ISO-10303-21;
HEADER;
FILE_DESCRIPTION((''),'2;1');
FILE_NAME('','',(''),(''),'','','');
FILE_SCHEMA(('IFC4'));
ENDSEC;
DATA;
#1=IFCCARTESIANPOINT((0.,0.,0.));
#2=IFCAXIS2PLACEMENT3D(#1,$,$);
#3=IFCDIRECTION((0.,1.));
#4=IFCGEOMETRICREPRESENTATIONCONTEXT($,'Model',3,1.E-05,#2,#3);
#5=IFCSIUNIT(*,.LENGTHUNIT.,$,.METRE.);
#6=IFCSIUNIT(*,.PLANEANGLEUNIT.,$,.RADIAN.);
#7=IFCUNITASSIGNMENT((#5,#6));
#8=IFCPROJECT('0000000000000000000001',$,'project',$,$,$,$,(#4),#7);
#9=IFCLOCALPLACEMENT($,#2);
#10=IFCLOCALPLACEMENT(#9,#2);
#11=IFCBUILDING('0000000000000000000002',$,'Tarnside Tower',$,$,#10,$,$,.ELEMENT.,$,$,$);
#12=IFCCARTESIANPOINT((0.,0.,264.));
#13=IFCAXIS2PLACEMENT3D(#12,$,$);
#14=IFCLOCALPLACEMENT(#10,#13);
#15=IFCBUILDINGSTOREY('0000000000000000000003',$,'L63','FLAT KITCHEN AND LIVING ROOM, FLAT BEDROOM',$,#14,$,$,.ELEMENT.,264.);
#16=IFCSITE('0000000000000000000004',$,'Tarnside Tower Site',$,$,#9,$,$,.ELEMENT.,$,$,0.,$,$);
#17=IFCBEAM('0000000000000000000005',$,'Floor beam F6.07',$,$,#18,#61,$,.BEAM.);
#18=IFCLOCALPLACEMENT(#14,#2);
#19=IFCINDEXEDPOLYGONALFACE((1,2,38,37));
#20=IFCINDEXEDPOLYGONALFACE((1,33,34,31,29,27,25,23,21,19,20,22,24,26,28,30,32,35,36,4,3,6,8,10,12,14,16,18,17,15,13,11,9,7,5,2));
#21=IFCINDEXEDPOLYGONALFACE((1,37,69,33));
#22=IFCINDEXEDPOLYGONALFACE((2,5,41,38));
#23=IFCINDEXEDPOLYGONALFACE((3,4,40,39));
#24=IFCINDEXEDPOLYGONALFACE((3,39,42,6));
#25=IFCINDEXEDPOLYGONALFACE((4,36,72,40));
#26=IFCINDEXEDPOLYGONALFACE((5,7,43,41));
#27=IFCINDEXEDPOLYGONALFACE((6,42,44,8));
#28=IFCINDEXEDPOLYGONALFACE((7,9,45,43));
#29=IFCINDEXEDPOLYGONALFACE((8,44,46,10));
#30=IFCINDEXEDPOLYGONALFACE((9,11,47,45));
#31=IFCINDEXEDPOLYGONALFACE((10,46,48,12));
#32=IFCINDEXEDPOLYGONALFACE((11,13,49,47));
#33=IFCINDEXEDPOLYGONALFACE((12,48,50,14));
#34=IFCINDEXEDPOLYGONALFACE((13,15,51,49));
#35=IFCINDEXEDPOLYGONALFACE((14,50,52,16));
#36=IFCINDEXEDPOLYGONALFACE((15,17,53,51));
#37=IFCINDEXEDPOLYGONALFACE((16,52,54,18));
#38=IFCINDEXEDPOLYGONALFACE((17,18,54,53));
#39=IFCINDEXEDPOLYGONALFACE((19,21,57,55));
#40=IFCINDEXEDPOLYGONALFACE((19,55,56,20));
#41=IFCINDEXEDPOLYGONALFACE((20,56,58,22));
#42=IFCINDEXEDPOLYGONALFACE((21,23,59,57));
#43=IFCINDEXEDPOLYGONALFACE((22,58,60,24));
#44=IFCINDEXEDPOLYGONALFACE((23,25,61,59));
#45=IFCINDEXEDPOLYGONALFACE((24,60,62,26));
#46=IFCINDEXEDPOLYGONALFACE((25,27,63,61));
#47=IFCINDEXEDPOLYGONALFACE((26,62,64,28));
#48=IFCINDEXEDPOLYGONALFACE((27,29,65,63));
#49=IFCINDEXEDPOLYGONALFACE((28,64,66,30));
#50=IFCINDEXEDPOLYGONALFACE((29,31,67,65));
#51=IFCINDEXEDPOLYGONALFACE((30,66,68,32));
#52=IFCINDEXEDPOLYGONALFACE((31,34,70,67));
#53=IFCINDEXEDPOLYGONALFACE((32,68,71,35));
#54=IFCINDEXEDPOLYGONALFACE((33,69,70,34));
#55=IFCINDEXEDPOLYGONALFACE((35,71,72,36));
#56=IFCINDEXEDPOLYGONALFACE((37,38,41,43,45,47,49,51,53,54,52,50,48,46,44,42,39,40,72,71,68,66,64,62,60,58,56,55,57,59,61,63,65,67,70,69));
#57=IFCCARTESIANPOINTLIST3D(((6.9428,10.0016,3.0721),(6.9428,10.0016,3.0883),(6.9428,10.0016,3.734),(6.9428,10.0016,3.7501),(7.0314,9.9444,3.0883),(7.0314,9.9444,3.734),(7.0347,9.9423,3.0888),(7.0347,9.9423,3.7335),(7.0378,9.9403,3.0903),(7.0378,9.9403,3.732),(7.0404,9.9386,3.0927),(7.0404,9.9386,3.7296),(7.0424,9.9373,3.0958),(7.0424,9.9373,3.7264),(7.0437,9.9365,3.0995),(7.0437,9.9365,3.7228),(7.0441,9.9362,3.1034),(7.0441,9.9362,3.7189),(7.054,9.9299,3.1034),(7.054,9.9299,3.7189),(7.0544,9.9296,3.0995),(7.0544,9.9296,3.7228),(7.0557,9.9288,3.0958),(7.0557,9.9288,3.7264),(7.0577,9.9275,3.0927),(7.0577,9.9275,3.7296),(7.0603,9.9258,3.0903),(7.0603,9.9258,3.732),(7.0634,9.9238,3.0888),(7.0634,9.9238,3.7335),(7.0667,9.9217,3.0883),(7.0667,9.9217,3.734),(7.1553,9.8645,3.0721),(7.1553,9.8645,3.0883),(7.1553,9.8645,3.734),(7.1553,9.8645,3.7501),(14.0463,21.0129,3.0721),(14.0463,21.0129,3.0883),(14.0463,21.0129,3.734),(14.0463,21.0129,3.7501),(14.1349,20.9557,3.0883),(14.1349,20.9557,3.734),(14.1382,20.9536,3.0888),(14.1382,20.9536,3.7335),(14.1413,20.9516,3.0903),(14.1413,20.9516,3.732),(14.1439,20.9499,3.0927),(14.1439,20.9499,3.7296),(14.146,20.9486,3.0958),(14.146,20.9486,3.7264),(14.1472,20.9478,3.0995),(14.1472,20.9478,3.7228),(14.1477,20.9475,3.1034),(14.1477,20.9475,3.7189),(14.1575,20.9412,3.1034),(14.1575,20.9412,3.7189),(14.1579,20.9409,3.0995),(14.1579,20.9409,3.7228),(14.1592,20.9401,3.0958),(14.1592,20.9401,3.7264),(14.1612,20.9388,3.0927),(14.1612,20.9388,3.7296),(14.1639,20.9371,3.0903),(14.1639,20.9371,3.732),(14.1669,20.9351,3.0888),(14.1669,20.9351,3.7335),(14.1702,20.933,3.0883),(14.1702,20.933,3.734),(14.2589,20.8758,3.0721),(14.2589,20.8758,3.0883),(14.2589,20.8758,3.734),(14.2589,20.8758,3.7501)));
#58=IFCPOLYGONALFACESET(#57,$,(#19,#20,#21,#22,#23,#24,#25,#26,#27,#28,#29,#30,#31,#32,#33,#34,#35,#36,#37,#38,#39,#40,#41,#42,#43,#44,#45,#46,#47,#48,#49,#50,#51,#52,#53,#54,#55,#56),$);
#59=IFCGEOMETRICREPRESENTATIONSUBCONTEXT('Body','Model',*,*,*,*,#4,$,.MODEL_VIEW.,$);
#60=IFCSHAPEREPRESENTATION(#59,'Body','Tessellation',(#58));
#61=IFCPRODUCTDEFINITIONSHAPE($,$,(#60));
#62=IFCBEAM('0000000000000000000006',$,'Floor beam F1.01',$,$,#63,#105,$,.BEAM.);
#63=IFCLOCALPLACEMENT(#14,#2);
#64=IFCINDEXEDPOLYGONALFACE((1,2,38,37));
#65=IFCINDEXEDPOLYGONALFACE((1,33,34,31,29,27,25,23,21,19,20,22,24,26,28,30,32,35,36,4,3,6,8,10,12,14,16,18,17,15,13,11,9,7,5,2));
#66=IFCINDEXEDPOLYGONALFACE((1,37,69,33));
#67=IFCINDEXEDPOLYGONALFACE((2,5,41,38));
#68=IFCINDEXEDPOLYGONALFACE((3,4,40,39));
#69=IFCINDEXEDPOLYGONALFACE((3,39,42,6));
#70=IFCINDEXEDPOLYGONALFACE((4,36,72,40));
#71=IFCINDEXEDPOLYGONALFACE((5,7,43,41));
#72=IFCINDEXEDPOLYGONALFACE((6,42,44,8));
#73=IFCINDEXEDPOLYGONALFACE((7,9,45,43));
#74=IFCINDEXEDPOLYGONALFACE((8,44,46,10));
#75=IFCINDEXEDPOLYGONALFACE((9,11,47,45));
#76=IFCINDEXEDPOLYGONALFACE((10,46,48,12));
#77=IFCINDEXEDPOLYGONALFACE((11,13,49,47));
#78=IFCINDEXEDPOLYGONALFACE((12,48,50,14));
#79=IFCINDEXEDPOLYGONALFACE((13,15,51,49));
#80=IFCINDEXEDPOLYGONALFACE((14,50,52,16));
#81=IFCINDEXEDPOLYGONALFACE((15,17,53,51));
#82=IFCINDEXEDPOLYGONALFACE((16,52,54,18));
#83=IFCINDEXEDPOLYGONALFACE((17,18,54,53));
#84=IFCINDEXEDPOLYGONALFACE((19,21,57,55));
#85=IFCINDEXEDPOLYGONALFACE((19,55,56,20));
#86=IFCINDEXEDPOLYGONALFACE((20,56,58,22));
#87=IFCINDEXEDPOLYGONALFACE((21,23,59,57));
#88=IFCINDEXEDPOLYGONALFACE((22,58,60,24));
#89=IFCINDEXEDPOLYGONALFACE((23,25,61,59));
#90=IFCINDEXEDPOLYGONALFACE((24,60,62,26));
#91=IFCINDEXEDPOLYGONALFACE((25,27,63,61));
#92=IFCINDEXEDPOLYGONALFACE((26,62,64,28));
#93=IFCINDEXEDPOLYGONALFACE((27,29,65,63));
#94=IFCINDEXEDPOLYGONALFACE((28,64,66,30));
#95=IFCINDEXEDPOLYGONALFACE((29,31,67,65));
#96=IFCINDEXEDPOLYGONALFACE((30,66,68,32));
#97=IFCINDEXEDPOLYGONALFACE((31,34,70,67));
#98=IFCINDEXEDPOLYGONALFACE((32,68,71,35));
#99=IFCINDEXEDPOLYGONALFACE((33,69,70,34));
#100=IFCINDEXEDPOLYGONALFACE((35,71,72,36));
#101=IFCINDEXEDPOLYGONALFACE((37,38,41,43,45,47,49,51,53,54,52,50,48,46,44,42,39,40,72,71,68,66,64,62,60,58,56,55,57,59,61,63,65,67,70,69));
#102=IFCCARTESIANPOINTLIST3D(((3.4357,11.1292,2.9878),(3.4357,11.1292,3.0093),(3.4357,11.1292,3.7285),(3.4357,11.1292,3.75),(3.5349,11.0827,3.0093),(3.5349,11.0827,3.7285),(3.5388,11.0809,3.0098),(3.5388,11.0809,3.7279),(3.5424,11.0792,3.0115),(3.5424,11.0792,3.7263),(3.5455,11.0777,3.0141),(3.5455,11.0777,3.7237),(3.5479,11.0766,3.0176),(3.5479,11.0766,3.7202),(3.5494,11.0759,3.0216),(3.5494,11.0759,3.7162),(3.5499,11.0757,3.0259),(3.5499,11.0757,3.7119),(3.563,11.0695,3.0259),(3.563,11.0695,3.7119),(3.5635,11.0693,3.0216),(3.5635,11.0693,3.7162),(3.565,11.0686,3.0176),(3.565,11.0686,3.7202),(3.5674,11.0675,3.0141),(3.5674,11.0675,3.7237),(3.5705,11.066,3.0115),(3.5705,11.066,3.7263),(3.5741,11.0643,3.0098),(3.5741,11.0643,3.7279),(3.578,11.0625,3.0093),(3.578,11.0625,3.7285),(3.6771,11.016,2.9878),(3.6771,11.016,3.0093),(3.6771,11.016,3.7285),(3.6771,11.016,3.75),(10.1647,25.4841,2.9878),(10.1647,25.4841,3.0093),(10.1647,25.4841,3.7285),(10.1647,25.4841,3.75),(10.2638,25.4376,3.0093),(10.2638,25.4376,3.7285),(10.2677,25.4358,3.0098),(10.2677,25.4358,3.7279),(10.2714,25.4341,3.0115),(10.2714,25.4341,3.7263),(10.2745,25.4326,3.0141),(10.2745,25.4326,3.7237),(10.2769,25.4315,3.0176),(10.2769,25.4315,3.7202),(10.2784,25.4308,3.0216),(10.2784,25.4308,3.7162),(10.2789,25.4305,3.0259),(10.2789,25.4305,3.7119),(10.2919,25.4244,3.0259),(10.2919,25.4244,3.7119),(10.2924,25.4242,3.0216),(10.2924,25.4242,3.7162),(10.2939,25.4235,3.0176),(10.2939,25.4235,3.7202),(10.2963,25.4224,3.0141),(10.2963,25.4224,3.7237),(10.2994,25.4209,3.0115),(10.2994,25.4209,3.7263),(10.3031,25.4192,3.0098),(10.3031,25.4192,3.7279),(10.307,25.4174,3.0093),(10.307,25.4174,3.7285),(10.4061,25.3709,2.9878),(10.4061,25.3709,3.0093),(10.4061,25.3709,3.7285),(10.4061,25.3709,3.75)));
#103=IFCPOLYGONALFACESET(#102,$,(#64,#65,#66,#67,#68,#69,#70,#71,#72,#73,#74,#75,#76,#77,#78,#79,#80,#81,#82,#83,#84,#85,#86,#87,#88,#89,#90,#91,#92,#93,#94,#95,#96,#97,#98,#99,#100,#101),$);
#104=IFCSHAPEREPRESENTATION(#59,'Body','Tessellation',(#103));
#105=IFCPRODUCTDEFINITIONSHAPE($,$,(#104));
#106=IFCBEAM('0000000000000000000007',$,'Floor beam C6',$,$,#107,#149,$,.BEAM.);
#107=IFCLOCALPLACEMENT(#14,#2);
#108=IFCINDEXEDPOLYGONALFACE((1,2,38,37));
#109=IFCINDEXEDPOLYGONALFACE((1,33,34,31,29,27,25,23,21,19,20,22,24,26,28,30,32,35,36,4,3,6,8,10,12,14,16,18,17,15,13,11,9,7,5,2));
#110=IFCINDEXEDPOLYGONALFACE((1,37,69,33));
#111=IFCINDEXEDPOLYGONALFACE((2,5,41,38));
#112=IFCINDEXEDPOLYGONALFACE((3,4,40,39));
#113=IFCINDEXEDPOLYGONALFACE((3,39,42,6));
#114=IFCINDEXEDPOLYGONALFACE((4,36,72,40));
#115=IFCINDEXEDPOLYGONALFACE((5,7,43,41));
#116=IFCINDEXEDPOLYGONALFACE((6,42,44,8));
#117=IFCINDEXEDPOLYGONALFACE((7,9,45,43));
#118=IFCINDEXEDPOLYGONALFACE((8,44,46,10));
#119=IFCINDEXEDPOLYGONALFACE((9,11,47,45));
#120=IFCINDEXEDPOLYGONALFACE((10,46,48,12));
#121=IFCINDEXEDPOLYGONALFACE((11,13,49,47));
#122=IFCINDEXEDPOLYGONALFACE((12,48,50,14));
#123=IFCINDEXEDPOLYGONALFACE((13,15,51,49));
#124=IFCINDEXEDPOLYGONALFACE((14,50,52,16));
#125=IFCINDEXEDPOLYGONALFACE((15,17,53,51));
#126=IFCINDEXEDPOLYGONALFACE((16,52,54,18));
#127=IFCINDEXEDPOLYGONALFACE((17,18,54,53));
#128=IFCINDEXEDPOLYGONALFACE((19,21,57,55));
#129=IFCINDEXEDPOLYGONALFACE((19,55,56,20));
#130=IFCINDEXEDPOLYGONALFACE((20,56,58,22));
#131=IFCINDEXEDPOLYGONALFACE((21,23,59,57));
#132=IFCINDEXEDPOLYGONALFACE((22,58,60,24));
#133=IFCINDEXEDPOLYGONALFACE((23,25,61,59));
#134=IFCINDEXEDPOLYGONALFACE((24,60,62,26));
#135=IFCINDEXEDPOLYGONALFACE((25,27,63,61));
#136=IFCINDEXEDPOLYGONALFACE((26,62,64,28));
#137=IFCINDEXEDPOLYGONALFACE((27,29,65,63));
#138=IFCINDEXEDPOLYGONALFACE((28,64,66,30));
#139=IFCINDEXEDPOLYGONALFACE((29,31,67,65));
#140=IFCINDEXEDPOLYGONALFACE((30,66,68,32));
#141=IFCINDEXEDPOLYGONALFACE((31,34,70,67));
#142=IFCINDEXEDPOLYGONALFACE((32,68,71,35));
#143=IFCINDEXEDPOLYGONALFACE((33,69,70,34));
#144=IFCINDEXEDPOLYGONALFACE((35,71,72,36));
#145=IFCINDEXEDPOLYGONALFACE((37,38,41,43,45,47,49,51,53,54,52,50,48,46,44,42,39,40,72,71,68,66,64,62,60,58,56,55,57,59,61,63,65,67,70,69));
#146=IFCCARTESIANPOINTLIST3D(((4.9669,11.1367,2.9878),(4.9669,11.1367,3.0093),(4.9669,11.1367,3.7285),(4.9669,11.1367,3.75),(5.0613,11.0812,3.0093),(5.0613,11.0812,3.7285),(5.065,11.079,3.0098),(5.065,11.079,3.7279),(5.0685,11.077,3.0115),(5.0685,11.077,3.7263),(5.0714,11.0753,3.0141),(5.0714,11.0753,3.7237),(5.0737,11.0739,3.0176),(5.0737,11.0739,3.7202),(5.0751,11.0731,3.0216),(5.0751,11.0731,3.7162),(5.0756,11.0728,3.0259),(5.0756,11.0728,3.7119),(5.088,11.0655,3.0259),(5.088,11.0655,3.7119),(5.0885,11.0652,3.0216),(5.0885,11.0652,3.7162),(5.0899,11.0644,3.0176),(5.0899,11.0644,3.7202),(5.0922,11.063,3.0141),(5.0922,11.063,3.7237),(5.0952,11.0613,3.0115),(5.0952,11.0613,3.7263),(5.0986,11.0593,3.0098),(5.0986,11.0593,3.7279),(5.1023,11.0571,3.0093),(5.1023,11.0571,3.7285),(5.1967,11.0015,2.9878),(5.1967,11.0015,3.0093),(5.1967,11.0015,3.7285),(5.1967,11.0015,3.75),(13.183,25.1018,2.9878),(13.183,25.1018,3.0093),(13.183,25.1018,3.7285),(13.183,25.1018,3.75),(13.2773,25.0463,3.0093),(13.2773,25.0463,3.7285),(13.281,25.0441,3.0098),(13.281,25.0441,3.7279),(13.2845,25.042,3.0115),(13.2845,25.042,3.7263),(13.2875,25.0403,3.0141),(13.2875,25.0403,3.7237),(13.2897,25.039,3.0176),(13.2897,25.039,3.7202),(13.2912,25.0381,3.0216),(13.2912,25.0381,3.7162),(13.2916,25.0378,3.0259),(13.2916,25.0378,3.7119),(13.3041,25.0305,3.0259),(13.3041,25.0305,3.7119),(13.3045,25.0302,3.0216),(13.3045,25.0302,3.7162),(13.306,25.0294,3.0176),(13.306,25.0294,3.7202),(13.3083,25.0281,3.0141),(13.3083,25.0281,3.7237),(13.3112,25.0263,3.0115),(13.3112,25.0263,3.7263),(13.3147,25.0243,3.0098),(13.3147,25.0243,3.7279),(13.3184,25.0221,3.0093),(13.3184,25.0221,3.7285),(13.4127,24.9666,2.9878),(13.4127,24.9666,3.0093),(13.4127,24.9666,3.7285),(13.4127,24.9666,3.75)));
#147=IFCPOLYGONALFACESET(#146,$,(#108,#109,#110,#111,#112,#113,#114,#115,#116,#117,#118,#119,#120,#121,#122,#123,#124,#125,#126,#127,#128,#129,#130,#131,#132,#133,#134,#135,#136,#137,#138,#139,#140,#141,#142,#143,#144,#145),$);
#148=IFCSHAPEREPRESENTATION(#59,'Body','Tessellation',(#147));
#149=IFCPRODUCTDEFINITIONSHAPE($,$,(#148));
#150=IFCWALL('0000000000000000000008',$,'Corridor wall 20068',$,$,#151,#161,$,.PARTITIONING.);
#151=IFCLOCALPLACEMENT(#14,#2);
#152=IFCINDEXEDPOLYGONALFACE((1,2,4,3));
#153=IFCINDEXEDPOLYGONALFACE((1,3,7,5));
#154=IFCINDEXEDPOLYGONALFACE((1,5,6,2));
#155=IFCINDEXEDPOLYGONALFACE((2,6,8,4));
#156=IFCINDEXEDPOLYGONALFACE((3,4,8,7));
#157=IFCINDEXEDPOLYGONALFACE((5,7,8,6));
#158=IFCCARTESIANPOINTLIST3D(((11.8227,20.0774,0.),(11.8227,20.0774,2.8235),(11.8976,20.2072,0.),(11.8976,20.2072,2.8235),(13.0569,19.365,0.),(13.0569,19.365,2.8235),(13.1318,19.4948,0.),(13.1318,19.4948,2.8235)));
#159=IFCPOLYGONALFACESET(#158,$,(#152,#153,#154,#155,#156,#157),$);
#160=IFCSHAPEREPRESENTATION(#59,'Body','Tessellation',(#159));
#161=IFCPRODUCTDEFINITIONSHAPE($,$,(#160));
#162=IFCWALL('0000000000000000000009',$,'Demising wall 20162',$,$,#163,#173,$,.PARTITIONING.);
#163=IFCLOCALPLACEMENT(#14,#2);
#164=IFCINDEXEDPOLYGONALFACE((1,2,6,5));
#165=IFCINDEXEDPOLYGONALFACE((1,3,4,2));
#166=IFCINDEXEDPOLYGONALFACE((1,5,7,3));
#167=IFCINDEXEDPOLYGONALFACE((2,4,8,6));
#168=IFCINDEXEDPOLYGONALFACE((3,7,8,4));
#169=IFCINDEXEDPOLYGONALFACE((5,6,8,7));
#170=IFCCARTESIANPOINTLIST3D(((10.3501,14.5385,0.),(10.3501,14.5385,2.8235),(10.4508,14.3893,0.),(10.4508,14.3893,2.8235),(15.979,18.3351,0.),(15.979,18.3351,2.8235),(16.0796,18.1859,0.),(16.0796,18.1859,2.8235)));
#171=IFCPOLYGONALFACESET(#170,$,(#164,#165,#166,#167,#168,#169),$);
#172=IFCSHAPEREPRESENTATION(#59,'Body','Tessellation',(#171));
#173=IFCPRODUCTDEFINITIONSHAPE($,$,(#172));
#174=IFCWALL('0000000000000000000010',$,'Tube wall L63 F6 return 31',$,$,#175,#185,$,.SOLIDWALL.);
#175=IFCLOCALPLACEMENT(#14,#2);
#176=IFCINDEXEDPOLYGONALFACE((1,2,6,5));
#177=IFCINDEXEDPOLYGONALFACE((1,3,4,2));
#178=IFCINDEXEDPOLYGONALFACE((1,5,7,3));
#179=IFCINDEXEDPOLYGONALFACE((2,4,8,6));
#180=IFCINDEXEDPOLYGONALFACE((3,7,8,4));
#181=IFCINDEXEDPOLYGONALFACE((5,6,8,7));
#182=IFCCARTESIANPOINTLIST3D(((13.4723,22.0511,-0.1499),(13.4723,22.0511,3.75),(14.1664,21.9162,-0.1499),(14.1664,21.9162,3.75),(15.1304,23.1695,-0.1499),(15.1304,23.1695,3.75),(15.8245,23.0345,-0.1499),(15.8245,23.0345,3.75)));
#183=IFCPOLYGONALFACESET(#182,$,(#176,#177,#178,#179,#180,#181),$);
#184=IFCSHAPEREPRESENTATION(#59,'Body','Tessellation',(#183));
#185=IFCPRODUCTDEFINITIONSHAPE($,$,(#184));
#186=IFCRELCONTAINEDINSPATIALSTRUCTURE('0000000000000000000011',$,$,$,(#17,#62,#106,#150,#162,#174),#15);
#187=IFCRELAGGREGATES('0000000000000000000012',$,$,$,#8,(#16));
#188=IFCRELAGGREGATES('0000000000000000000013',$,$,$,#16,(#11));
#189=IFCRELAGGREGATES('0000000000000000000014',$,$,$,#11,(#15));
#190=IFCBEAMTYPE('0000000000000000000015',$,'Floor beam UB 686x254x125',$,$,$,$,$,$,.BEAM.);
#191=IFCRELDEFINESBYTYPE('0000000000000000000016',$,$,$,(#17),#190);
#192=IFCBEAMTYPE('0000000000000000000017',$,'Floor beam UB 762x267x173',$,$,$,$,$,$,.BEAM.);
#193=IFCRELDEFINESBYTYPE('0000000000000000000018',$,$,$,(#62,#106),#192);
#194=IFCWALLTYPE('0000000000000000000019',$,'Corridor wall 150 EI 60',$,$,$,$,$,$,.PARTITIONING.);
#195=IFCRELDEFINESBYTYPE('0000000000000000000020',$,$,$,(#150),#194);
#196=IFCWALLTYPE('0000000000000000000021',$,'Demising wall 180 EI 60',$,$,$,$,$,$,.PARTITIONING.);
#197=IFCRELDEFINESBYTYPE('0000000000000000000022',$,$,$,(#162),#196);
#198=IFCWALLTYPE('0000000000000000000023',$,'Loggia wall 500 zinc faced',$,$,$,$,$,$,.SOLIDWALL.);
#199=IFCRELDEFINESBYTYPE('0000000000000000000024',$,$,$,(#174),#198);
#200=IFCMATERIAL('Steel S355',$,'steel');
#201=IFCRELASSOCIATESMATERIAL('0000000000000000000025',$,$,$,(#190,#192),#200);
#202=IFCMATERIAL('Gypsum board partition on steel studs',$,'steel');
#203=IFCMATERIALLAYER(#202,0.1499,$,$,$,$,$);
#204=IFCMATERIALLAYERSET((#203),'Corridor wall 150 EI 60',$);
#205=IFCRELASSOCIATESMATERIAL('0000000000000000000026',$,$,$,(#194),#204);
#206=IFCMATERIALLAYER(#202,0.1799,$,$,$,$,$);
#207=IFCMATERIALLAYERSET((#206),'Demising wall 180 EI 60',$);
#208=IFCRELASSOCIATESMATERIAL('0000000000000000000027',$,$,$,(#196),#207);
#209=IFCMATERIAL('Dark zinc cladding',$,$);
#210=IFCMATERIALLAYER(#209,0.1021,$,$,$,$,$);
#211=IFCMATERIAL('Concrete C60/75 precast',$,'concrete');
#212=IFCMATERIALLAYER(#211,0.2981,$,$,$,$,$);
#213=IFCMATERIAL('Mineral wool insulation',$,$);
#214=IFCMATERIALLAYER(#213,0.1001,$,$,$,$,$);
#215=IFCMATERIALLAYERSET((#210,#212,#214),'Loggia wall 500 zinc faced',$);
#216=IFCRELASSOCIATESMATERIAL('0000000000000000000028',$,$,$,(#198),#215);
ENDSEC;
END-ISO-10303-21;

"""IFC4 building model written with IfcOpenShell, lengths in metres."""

from ifc_helpers import new_model, si_unit, direction, frame, frame_2d, origin, origin_2d, place, context, subcontext, project, spatial, polyline, rectangle, i_section, outline, extrude, material, layer, layer_set, material_profile, profile_set, type_object, element, save


model = new_model("IFC4")

# Units and contexts
model_context = context("Model", 3, precision=1e-05, world=origin(), true_north=direction((0.0, 1.0)))
body_context = subcontext(model_context, "Body", "Model", "MODEL_VIEW")
ifc_project = project(units=[si_unit("LENGTHUNIT", "METRE"), si_unit("PLANEANGLEUNIT", "RADIAN")], contexts=[model_context])

# Site, building, storey
site_placement = place(None, origin())
site = spatial("IfcSite", under=ifc_project, at=site_placement, Name="Tarnside Tower Site", CompositionType="ELEMENT", RefElevation=0.0)
building_placement = place(site_placement, origin())
building = spatial("IfcBuilding", under=site, at=building_placement, Name="Tarnside Tower", CompositionType="ELEMENT")
storey_placement = place(building_placement, frame((0.0, 0.0, 264.0)))
storey = spatial("IfcBuildingStorey", under=building, at=storey_placement, Name="L63", Description="FLAT KITCHEN AND LIVING ROOM, FLAT BEDROOM", CompositionType="ELEMENT", Elevation=264.0)

# Beams
ifc_material_1 = material(Name="Steel S355", Category="steel")
ifc_material_profile_1 = material_profile(ifc_material_1, i_section(OverallWidth=0.2529, OverallDepth=0.678, WebThickness=0.0117, FlangeThickness=0.0161, FilletRadius=0.0151, at=origin_2d()), Name="UB 686x254x125")
ifc_profile_set_1 = profile_set([ifc_material_profile_1], Name="Steel S355")
beam_type_1 = type_object("IfcBeamType", Name="Floor beam UB 686x254x125", PredefinedType="BEAM", material=ifc_profile_set_1)
beam_1_placement = place(storey_placement, frame((14.1526, 20.9443, 3.4111), z_axis=(-0.5421, -0.840314, 0.0), x_axis=(0.840314, -0.5421, 0.0)))
element("IfcBeam", 1, at=beam_1_placement, inside=storey, type_object=beam_type_1, Name="Floor beam F6.07", PredefinedType="BEAM", context=body_context, shape_type="SweptSolid", body=[
    extrude(i_section(OverallWidth=0.2529, OverallDepth=0.678, WebThickness=0.0117, FlangeThickness=0.0161, FilletRadius=0.0151, at=origin_2d()), origin(), (0.0, 0.0, 1.0), 13.1038),
])
ifc_material_profile_2 = material_profile(ifc_material_1, i_section(OverallWidth=0.2666, OverallDepth=0.7622, WebThickness=0.0144, FlangeThickness=0.0215, FilletRadius=0.0166, at=origin_2d()), Name="UB 762x267x173")
ifc_profile_set_2 = profile_set([ifc_material_profile_2], Name="Steel S355")
beam_type_2 = type_object("IfcBeamType", Name="Floor beam UB 762x267x173", PredefinedType="BEAM", material=ifc_profile_set_2)
beam_2_placement = place(storey_placement, frame((10.2854, 25.4275, 3.3689), z_axis=(-0.424439, -0.905456, 0.0), x_axis=(0.905456, -0.424439, 0.0)))
element("IfcBeam", 2, at=beam_2_placement, inside=storey, type_object=beam_type_2, Name="Floor beam F1.01", PredefinedType="BEAM", context=body_context, shape_type="SweptSolid", body=[
    extrude(i_section(OverallWidth=0.2666, OverallDepth=0.7622, WebThickness=0.0144, FlangeThickness=0.0215, FilletRadius=0.0166, at=origin_2d()), origin(), (0.0, 0.0, 1.0), 15.8538),
])
beam_3_placement = place(storey_placement, frame((13.2979, 25.0342, 3.3689), z_axis=(-0.50708, -0.861899, 0.0), x_axis=(0.861899, -0.50708, 0.0)))
element("IfcBeam", 3, at=beam_3_placement, inside=storey, type_object=beam_type_2, Name="Floor beam C6", PredefinedType="BEAM", context=body_context, shape_type="SweptSolid", body=[
    extrude(i_section(OverallWidth=0.2666, OverallDepth=0.7622, WebThickness=0.0144, FlangeThickness=0.0215, FilletRadius=0.0166, at=origin_2d()), origin(), (0.0, 0.0, 1.0), 16.2026),
])

# Walls
ifc_material_2 = material(Name="Gypsum board partition on steel studs", Category="steel")
ifc_layer_1 = layer(ifc_material_2, 0.1499)
ifc_layer_set_1 = layer_set([ifc_layer_1], Name="Corridor wall 150 EI 60")
wall_type_1 = type_object("IfcWallType", Name="Corridor wall 150 EI 60", PredefinedType="PARTITIONING", material=ifc_layer_set_1)
wall_1_placement = place(storey_placement, frame((13.0942, 19.4299, 0.0), z_axis=(0.0, 0.0, 1.0), x_axis=(-0.866063, 0.499935, 0.0)))
element("IfcWall", 4, at=wall_1_placement, inside=storey, type_object=wall_type_1, Name="Corridor wall 20068", PredefinedType="PARTITIONING", context=body_context, shape_type="SweptSolid", body=[
    extrude(rectangle(XDim=1.425, YDim=0.1499, at=frame_2d((0.7124, 0.0))), origin(), (0.0, 0.0, 1.0), 2.8235),
])
ifc_layer_2 = layer(ifc_material_2, 0.1799)
ifc_layer_set_2 = layer_set([ifc_layer_2], Name="Demising wall 180 EI 60")
wall_type_2 = type_object("IfcWallType", Name="Demising wall 180 EI 60", PredefinedType="PARTITIONING", material=ifc_layer_set_2)
wall_2_placement = place(storey_placement, frame((16.0293, 18.2605, 0.0), z_axis=(0.0, 0.0, 1.0), x_axis=(-0.829045, -0.559181, 0.0)))
element("IfcWall", 5, at=wall_2_placement, inside=storey, type_object=wall_type_2, Name="Demising wall 20162", PredefinedType="PARTITIONING", context=body_context, shape_type="SweptSolid", body=[
    extrude(rectangle(XDim=6.7896, YDim=0.1799, at=frame_2d((3.3948, 0.0))), origin(), (0.0, 0.0, 1.0), 2.8235),
])
ifc_material_3 = material(Name="Dark zinc cladding")
ifc_layer_3 = layer(ifc_material_3, 0.1021)
ifc_material_4 = material(Name="Concrete C60/75 precast", Category="concrete")
ifc_layer_4 = layer(ifc_material_4, 0.2981)
ifc_material_5 = material(Name="Mineral wool insulation")
ifc_layer_5 = layer(ifc_material_5, 0.1001)
ifc_layer_set_3 = layer_set([ifc_layer_3, ifc_layer_4, ifc_layer_5], Name="Loggia wall 500 zinc faced")
wall_type_3 = type_object("IfcWallType", Name="Loggia wall 500 zinc faced", PredefinedType="SOLIDWALL", material=ifc_layer_set_3)
wall_3_placement = place(storey_placement, frame((13.8193, 21.9836, -0.1499), z_axis=(0.0, 0.0, 1.0), x_axis=(0.829052, 0.559171, 0.0)))
element("IfcWall", 6, at=wall_3_placement, inside=storey, type_object=wall_type_3, Name="Tube wall L63 F6 return 31", PredefinedType="SOLIDWALL", context=body_context, shape_type="SweptSolid", body=[
    extrude(outline(polyline([(0.25, -0.25), (2.25, -0.25), (1.75, 0.25), (-0.25, 0.25), (0.25, -0.25)])), origin(), (0.0, 0.0, 1.0), 3.8999),
])

save(model, "model.ifc")
